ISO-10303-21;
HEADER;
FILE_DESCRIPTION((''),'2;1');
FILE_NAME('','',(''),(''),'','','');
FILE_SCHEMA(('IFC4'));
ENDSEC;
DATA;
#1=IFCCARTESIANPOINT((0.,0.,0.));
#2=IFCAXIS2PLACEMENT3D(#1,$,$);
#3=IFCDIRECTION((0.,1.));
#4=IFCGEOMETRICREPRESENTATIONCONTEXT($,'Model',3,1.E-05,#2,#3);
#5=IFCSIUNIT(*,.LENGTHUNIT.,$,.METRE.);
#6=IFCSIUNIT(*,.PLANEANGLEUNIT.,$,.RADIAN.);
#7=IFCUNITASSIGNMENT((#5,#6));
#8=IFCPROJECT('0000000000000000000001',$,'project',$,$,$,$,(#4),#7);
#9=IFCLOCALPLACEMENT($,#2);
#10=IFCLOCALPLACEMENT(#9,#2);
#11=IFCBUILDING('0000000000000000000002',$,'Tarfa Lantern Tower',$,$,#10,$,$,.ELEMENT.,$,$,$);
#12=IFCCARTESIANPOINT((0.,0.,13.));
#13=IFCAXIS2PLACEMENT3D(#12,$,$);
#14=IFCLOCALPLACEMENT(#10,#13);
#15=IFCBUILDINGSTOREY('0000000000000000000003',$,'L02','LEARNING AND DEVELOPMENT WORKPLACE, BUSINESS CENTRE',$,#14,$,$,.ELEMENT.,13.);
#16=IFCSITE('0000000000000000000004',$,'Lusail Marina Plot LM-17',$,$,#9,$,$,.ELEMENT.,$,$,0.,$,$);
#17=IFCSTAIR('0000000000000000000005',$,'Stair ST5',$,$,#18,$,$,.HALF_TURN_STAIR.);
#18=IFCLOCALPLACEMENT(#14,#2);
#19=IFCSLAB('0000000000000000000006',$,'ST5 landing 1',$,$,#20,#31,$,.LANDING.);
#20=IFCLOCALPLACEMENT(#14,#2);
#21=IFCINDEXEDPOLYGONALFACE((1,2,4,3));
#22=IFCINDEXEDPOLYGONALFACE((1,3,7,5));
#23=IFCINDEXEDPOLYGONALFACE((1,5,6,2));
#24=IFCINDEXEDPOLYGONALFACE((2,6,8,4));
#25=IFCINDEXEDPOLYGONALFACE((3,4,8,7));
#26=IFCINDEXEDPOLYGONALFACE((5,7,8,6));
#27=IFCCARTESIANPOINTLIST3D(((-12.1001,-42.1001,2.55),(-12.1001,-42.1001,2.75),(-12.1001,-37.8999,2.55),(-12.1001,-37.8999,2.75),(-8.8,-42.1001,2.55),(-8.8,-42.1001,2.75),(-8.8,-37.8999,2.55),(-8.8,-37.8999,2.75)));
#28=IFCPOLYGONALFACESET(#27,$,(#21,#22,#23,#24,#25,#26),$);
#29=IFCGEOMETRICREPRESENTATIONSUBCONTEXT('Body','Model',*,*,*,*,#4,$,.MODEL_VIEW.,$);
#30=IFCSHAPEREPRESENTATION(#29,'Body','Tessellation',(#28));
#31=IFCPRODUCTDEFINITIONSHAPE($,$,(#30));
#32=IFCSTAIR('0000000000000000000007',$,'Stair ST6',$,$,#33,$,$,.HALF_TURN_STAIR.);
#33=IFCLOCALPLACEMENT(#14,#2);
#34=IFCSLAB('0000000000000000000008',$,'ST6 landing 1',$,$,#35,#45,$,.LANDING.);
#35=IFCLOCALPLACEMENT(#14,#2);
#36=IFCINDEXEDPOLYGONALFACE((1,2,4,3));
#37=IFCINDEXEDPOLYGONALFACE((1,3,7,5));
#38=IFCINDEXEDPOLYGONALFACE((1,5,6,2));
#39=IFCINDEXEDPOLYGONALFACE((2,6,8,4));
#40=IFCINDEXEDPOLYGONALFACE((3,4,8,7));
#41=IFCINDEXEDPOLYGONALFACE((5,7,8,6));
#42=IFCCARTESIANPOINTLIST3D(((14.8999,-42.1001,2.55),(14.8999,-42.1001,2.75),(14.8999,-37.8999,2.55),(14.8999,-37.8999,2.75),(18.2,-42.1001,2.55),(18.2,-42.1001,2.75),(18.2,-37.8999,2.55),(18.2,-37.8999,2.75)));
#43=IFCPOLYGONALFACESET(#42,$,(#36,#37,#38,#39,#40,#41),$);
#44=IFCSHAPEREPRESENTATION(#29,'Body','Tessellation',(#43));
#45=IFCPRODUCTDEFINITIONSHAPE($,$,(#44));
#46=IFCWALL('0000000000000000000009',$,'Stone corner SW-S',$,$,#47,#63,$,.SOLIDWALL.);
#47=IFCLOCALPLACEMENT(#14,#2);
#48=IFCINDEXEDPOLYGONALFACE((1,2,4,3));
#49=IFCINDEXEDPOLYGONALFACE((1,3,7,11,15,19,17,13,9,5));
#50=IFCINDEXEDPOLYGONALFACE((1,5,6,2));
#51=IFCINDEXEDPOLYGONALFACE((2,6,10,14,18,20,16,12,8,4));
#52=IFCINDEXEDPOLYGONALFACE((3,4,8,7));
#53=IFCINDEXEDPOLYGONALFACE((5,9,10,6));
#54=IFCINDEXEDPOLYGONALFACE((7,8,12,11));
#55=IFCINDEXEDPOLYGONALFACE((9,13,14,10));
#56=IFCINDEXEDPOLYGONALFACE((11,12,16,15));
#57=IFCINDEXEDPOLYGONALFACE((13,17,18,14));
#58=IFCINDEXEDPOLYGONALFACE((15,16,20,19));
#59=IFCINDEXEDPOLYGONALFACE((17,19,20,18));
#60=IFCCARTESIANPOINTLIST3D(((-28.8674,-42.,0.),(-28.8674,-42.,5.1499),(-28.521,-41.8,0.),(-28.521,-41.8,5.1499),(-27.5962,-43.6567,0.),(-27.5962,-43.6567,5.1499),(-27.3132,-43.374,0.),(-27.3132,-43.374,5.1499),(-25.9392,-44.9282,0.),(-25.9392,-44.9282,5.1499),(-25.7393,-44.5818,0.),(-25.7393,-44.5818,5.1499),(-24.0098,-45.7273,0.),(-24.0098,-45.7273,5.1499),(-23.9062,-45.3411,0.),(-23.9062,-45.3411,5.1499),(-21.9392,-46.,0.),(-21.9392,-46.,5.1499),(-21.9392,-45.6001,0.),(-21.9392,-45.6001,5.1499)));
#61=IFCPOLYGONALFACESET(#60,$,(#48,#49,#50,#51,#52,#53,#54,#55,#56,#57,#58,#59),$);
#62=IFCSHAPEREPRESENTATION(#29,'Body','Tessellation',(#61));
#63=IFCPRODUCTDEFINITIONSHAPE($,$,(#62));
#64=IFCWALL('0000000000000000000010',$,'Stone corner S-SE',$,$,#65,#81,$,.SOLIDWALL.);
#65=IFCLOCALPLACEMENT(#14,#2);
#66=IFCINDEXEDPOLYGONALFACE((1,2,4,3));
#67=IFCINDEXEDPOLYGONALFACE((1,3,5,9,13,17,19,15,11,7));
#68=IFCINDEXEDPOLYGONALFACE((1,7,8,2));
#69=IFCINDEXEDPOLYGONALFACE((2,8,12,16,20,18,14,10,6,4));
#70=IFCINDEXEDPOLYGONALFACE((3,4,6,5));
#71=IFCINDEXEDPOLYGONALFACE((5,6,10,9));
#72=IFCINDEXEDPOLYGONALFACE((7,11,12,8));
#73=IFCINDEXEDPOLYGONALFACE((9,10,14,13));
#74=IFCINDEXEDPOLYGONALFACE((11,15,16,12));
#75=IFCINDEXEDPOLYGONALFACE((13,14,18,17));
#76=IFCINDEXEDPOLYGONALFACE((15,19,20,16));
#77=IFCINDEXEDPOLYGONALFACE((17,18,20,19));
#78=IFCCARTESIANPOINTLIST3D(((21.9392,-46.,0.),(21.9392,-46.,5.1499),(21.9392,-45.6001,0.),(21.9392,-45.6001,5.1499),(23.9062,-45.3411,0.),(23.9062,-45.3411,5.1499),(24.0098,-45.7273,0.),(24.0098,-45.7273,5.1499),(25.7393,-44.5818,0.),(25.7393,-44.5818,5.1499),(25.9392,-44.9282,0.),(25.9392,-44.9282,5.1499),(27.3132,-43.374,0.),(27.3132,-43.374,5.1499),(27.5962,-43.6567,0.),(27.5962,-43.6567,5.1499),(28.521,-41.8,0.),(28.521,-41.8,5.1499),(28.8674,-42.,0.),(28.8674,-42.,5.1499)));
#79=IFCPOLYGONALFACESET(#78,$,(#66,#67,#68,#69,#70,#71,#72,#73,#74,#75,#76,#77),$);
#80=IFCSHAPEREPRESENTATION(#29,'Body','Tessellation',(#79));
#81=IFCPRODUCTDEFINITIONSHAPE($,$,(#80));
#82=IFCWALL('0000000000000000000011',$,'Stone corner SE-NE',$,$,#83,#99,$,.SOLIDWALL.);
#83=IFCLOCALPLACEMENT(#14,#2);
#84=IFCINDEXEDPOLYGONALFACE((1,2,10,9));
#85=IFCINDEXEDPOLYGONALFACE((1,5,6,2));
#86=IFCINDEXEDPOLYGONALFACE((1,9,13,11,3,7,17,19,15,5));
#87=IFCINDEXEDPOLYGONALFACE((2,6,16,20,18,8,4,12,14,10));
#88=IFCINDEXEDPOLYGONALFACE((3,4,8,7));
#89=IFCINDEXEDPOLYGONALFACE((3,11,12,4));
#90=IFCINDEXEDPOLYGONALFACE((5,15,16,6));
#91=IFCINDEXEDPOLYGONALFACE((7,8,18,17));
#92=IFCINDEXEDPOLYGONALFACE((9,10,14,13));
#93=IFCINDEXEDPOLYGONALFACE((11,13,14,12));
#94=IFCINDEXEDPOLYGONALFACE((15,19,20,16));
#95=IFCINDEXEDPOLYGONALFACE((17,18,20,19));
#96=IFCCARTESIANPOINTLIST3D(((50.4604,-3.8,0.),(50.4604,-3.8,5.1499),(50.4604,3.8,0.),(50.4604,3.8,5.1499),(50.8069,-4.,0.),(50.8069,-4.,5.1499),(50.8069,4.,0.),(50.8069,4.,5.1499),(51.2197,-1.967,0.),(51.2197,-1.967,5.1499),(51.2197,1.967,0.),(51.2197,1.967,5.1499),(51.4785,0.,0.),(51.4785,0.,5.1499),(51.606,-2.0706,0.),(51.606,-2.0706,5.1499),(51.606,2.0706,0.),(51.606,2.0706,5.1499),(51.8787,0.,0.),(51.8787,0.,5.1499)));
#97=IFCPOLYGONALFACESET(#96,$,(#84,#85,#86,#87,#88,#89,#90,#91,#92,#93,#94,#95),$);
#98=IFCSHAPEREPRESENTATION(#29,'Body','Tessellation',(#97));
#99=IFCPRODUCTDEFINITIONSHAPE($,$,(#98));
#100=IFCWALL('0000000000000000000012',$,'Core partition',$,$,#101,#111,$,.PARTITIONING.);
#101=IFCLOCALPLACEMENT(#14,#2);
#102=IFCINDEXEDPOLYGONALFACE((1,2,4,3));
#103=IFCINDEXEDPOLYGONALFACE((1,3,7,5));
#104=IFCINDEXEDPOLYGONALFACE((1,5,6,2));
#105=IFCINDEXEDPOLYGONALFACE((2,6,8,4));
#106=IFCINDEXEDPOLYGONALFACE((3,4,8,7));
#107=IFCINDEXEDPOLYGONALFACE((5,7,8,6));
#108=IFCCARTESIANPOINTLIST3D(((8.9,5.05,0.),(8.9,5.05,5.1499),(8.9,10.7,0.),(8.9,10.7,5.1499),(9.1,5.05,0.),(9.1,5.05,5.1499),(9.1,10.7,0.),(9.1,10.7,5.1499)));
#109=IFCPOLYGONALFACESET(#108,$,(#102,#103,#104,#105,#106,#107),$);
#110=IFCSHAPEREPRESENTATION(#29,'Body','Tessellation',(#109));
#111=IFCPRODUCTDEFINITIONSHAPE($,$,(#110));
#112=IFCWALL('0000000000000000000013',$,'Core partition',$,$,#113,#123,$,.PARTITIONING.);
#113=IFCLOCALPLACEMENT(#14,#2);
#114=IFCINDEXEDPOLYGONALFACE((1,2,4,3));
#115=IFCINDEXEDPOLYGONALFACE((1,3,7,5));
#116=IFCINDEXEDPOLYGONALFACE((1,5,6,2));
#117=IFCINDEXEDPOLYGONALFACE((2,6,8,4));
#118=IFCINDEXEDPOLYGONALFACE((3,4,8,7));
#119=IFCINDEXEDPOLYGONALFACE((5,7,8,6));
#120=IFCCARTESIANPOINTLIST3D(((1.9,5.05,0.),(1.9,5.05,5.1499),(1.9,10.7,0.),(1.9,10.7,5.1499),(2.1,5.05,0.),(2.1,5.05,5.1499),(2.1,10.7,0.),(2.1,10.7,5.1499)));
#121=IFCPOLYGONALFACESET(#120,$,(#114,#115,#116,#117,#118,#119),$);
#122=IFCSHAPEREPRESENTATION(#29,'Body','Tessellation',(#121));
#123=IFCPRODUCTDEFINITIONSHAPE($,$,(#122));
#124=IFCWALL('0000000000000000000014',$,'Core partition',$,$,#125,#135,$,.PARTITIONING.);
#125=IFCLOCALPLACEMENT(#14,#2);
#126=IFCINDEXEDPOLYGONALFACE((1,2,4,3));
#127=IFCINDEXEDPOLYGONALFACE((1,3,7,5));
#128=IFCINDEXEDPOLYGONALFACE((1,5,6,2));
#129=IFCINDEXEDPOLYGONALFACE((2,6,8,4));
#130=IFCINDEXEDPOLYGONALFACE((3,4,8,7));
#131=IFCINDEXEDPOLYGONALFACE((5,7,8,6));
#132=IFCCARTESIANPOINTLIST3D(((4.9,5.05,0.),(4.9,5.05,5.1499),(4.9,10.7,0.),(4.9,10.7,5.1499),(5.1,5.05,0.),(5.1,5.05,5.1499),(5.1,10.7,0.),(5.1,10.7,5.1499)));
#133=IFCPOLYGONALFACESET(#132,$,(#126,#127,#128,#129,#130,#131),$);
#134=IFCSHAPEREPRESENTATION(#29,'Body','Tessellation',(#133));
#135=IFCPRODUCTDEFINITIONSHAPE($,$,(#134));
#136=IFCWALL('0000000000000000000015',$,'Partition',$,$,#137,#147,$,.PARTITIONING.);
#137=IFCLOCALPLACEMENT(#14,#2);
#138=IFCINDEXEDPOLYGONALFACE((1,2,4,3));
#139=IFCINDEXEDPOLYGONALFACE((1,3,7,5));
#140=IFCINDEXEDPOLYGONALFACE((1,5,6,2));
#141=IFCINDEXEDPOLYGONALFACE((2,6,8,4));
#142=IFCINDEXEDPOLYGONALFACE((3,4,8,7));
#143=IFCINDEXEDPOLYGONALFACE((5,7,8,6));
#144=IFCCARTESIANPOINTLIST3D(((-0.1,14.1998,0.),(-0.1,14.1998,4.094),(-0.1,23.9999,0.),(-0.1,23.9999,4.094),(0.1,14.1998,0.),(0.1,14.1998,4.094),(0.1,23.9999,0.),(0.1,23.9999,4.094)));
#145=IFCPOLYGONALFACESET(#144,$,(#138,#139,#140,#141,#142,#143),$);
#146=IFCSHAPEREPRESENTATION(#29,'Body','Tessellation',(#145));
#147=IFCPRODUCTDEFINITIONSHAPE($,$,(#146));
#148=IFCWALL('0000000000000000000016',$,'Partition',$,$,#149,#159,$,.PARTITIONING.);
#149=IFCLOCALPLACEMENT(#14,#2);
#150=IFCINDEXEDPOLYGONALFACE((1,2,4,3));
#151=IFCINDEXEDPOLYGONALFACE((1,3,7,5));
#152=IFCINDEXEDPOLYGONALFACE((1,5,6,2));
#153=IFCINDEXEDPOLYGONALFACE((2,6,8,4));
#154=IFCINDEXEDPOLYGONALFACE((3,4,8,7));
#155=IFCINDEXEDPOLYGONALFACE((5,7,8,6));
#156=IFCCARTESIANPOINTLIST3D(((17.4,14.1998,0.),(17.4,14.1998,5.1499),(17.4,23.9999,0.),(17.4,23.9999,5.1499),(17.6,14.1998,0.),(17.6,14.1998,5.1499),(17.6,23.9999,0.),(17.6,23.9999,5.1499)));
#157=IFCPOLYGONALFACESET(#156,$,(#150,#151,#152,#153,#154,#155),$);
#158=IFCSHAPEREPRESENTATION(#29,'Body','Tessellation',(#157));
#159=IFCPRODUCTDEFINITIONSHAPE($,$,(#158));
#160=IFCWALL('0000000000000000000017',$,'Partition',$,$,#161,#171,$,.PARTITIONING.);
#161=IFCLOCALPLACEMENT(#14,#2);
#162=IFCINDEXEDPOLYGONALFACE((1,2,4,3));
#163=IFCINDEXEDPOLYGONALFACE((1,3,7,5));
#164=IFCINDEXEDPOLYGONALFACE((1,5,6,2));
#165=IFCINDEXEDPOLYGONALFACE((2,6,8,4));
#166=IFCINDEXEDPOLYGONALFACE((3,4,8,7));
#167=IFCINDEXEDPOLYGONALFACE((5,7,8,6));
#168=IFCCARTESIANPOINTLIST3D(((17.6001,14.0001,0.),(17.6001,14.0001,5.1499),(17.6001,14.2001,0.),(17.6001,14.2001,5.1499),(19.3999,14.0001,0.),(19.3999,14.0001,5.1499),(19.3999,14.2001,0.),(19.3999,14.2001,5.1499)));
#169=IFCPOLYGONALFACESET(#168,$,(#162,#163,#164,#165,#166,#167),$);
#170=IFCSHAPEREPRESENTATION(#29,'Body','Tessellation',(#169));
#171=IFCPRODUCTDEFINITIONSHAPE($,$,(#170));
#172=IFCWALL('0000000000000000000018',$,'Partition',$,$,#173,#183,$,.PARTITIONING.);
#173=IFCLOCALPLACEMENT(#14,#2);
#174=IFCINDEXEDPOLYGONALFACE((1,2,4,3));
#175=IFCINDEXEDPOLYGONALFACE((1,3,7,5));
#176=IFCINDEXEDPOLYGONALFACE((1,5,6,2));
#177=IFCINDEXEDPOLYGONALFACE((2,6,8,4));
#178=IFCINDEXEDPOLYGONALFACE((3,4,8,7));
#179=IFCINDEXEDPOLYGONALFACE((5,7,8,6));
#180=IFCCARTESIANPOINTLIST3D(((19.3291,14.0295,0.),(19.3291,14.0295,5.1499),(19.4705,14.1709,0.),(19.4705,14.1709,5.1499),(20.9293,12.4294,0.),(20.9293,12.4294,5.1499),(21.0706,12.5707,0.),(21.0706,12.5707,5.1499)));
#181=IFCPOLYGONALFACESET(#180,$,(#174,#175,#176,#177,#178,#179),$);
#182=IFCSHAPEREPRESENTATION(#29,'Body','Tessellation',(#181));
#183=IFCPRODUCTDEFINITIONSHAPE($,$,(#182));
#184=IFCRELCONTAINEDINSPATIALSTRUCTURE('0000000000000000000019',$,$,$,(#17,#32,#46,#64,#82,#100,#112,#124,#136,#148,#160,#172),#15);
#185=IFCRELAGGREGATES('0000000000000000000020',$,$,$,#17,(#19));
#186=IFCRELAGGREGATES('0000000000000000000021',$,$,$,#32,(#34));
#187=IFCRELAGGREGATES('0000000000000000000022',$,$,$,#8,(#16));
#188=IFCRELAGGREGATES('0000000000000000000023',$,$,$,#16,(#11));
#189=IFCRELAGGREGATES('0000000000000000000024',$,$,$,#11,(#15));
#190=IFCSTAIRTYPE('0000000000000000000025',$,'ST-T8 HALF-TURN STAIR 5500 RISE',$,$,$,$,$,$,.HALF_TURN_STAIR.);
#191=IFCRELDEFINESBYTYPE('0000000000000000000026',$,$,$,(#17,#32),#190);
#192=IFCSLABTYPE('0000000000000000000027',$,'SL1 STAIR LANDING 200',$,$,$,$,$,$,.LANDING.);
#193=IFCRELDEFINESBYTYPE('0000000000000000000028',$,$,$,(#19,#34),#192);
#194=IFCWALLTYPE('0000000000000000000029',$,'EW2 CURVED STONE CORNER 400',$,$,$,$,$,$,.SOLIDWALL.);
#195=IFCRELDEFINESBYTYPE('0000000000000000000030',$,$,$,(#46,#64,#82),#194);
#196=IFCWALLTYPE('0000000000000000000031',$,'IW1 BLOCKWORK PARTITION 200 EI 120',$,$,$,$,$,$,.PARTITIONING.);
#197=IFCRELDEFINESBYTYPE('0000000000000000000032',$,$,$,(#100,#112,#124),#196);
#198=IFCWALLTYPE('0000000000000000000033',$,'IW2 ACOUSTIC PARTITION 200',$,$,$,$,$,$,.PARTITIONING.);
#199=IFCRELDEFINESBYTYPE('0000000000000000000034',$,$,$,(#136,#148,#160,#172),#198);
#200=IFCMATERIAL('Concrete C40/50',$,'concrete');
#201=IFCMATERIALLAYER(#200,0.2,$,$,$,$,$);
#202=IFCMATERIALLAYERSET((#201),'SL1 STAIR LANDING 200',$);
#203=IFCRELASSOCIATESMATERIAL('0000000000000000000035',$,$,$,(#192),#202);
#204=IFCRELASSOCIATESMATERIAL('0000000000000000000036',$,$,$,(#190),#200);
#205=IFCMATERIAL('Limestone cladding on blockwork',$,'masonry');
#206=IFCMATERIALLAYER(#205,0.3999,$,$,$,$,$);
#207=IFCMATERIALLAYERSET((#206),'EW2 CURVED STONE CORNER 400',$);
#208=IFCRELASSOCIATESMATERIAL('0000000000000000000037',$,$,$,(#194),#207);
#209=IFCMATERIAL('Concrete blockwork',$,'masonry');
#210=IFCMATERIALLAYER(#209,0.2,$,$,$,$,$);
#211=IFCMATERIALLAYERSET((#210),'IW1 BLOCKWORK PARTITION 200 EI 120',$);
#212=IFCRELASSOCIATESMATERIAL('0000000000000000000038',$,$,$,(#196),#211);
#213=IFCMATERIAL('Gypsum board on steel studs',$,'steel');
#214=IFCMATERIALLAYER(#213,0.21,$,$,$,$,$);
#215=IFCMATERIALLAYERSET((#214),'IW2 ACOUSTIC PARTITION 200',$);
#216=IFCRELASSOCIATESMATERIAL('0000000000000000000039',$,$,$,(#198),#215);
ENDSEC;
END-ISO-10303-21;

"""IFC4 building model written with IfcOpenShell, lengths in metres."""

from ifc_helpers import new_model, si_unit, direction, frame, frame_2d, origin, place, context, subcontext, project, spatial, polyline, rectangle, outline, extrude, material, layer, layer_set, type_object, element, aggregate, save


model = new_model("IFC4")

# Units and contexts
model_context = context("Model", 3, precision=1e-05, world=origin(), true_north=direction((0.0, 1.0)))
body_context = subcontext(model_context, "Body", "Model", "MODEL_VIEW")
ifc_project = project(units=[si_unit("LENGTHUNIT", "METRE"), si_unit("PLANEANGLEUNIT", "RADIAN")], contexts=[model_context])

# Site, building, storey
site_placement = place(None, origin())
site = spatial("IfcSite", under=ifc_project, at=site_placement, Name="Lusail Marina Plot LM-17", CompositionType="ELEMENT", RefElevation=0.0)
building_placement = place(site_placement, origin())
building = spatial("IfcBuilding", under=site, at=building_placement, Name="Tarfa Lantern Tower", CompositionType="ELEMENT")
storey_placement = place(building_placement, frame((0.0, 0.0, 13.0)))
storey = spatial("IfcBuildingStorey", under=building, at=storey_placement, Name="L02", Description="LEARNING AND DEVELOPMENT WORKPLACE, BUSINESS CENTRE", CompositionType="ELEMENT", Elevation=13.0)

# Stairs, slabs
ifc_material_1 = material(Name="Concrete C40/50", Category="concrete")
ifc_layer_1 = layer(ifc_material_1, 0.2)
ifc_layer_set_1 = layer_set([ifc_layer_1], Name="SL1 STAIR LANDING 200")
slab_type = type_object("IfcSlabType", Name="SL1 STAIR LANDING 200", PredefinedType="LANDING", material=ifc_layer_set_1)
stair_type_1 = type_object("IfcStairType", Name="ST-T8 HALF-TURN STAIR 5500 RISE", PredefinedType="HALF_TURN_STAIR", material=ifc_material_1)
stair_1_placement = place(storey_placement, origin())
stair_1 = element("IfcStair", 1, at=stair_1_placement, inside=storey, type_object=stair_type_1, Name="Stair ST5", PredefinedType="HALF_TURN_STAIR")
slab_1_placement = place(storey_placement, frame((0.0, 0.0, 2.55)))
slab_1 = element("IfcSlab", 2, at=slab_1_placement, type_object=slab_type, Name="ST5 landing 1", PredefinedType="LANDING", context=body_context, shape_type="SweptSolid", body=[
    extrude(outline(polyline([(-12.1001, -42.1001), (-8.8, -42.1001), (-8.8, -37.8999), (-12.1001, -37.8999), (-12.1001, -42.1001)])), origin(), (0.0, 0.0, 1.0), 0.2),
])
aggregate(stair_1, [slab_1])
stair_2_placement = place(storey_placement, origin())
stair_2 = element("IfcStair", 3, at=stair_2_placement, inside=storey, type_object=stair_type_1, Name="Stair ST6", PredefinedType="HALF_TURN_STAIR")
slab_2_placement = place(storey_placement, frame((0.0, 0.0, 2.55)))
slab_2 = element("IfcSlab", 4, at=slab_2_placement, type_object=slab_type, Name="ST6 landing 1", PredefinedType="LANDING", context=body_context, shape_type="SweptSolid", body=[
    extrude(outline(polyline([(14.8999, -42.1001), (18.2, -42.1001), (18.2, -37.8999), (14.8999, -37.8999), (14.8999, -42.1001)])), origin(), (0.0, 0.0, 1.0), 0.2),
])
aggregate(stair_2, [slab_2])

# Walls
ifc_material_2 = material(Name="Limestone cladding on blockwork", Category="masonry")
ifc_layer_2 = layer(ifc_material_2, 0.3999)
ifc_layer_set_2 = layer_set([ifc_layer_2], Name="EW2 CURVED STONE CORNER 400")
wall_type_1 = type_object("IfcWallType", Name="EW2 CURVED STONE CORNER 400", PredefinedType="SOLIDWALL", material=ifc_layer_set_2)
wall_1_placement = place(storey_placement, origin())
element("IfcWall", 5, at=wall_1_placement, inside=storey, type_object=wall_type_1, Name="Stone corner SW-S", PredefinedType="SOLIDWALL", context=body_context, shape_type="SweptSolid", body=[
    extrude(outline(polyline([(-28.8674, -42.0), (-27.5962, -43.6567), (-25.9392, -44.9282), (-24.0098, -45.7273), (-21.9392, -46.0), (-21.9392, -45.6001), (-23.9062, -45.3411), (-25.7393, -44.5818), (-27.3132, -43.374), (-28.521, -41.8), (-28.8674, -42.0)])), origin(), (0.0, 0.0, 1.0), 5.1499),
])
wall_2_placement = place(storey_placement, origin())
element("IfcWall", 6, at=wall_2_placement, inside=storey, type_object=wall_type_1, Name="Stone corner S-SE", PredefinedType="SOLIDWALL", context=body_context, shape_type="SweptSolid", body=[
    extrude(outline(polyline([(21.9392, -46.0), (24.0098, -45.7273), (25.9392, -44.9282), (27.5962, -43.6567), (28.8674, -42.0), (28.521, -41.8), (27.3132, -43.374), (25.7393, -44.5818), (23.9062, -45.3411), (21.9392, -45.6001), (21.9392, -46.0)])), origin(), (0.0, 0.0, 1.0), 5.1499),
])
wall_3_placement = place(storey_placement, origin())
element("IfcWall", 7, at=wall_3_placement, inside=storey, type_object=wall_type_1, Name="Stone corner SE-NE", PredefinedType="SOLIDWALL", context=body_context, shape_type="SweptSolid", body=[
    extrude(outline(polyline([(50.8069, -4.0), (51.606, -2.0706), (51.8787, 0.0), (51.606, 2.0706), (50.8069, 4.0), (50.4604, 3.8), (51.2197, 1.967), (51.4785, 0.0), (51.2197, -1.967), (50.4604, -3.8), (50.8069, -4.0)])), origin(), (0.0, 0.0, 1.0), 5.1499),
])
ifc_material_3 = material(Name="Concrete blockwork", Category="masonry")
ifc_layer_3 = layer(ifc_material_3, 0.2)
ifc_layer_set_3 = layer_set([ifc_layer_3], Name="IW1 BLOCKWORK PARTITION 200 EI 120")
wall_type_2 = type_object("IfcWallType", Name="IW1 BLOCKWORK PARTITION 200 EI 120", PredefinedType="PARTITIONING", material=ifc_layer_set_3)
for number, where, z_axis, x_axis, name in (
    (8, (9.0, 5.05, 0.0), (0.0, 0.0, 1.0), (0.0, 1.0, 0.0), "Core partition"),
    (9, (2.0, 5.05, 0.0), (0.0, 0.0, 1.0), (0.0, 1.0, 0.0), "Core partition"),
    (10, (5.0, 5.05, 0.0), (0.0, 0.0, 1.0), (0.0, 1.0, 0.0), "Core partition"),
):
    element("IfcWall", number, at=place(storey_placement, frame(where, z_axis=z_axis, x_axis=x_axis)), inside=storey, type_object=wall_type_2, Name=name, PredefinedType="PARTITIONING", context=body_context, shape_type="SweptSolid", body=[
        extrude(rectangle(XDim=5.6499, YDim=0.2, at=frame_2d((2.825, 0.0))), origin(), (0.0, 0.0, 1.0), 5.1499),
    ])
ifc_material_4 = material(Name="Gypsum board on steel studs", Category="steel")
ifc_layer_4 = layer(ifc_material_4, 0.21)
ifc_layer_set_4 = layer_set([ifc_layer_4], Name="IW2 ACOUSTIC PARTITION 200")
wall_type_3 = type_object("IfcWallType", Name="IW2 ACOUSTIC PARTITION 200", PredefinedType="PARTITIONING", material=ifc_layer_set_4)
wall_4_placement = place(storey_placement, frame((0.0, 14.2, 0.0), z_axis=(0.0, 0.0, 1.0), x_axis=(0.0, 1.0, 0.0)))
element("IfcWall", 11, at=wall_4_placement, inside=storey, type_object=wall_type_3, Name="Partition", PredefinedType="PARTITIONING", context=body_context, shape_type="SweptSolid", body=[
    extrude(rectangle(XDim=9.8, YDim=0.2, at=frame_2d((4.8999, 0.0))), origin(), (0.0, 0.0, 1.0), 4.094),
])
wall_5_placement = place(storey_placement, frame((17.5, 14.2, 0.0), z_axis=(0.0, 0.0, 1.0), x_axis=(0.0, 1.0, 0.0)))
element("IfcWall", 12, at=wall_5_placement, inside=storey, type_object=wall_type_3, Name="Partition", PredefinedType="PARTITIONING", context=body_context, shape_type="SweptSolid", body=[
    extrude(rectangle(XDim=9.8, YDim=0.2, at=frame_2d((4.8999, 0.0))), origin(), (0.0, 0.0, 1.0), 5.1499),
])
wall_6_placement = place(storey_placement, frame((17.6001, 14.1001, 0.0), z_axis=(0.0, 0.0, 1.0), x_axis=(1.0, 0.0, 0.0)))
element("IfcWall", 13, at=wall_6_placement, inside=storey, type_object=wall_type_3, Name="Partition", PredefinedType="PARTITIONING", context=body_context, shape_type="SweptSolid", body=[
    extrude(rectangle(XDim=1.7998, YDim=0.2, at=frame_2d((0.8999, 0.0))), origin(), (0.0, 0.0, 1.0), 5.1499),
])
wall_7_placement = place(storey_placement, frame((19.3999, 14.1001, 0.0), z_axis=(0.0, 0.0, 1.0), x_axis=(0.707107, -0.707107, 0.0)))
element("IfcWall", 14, at=wall_7_placement, inside=storey, type_object=wall_type_3, Name="Partition", PredefinedType="PARTITIONING", context=body_context, shape_type="SweptSolid", body=[
    extrude(rectangle(XDim=2.2629, YDim=0.2, at=frame_2d((1.1313, 0.0))), origin(), (0.0, 0.0, 1.0), 5.1499),
])

save(model, "model.ifc")
